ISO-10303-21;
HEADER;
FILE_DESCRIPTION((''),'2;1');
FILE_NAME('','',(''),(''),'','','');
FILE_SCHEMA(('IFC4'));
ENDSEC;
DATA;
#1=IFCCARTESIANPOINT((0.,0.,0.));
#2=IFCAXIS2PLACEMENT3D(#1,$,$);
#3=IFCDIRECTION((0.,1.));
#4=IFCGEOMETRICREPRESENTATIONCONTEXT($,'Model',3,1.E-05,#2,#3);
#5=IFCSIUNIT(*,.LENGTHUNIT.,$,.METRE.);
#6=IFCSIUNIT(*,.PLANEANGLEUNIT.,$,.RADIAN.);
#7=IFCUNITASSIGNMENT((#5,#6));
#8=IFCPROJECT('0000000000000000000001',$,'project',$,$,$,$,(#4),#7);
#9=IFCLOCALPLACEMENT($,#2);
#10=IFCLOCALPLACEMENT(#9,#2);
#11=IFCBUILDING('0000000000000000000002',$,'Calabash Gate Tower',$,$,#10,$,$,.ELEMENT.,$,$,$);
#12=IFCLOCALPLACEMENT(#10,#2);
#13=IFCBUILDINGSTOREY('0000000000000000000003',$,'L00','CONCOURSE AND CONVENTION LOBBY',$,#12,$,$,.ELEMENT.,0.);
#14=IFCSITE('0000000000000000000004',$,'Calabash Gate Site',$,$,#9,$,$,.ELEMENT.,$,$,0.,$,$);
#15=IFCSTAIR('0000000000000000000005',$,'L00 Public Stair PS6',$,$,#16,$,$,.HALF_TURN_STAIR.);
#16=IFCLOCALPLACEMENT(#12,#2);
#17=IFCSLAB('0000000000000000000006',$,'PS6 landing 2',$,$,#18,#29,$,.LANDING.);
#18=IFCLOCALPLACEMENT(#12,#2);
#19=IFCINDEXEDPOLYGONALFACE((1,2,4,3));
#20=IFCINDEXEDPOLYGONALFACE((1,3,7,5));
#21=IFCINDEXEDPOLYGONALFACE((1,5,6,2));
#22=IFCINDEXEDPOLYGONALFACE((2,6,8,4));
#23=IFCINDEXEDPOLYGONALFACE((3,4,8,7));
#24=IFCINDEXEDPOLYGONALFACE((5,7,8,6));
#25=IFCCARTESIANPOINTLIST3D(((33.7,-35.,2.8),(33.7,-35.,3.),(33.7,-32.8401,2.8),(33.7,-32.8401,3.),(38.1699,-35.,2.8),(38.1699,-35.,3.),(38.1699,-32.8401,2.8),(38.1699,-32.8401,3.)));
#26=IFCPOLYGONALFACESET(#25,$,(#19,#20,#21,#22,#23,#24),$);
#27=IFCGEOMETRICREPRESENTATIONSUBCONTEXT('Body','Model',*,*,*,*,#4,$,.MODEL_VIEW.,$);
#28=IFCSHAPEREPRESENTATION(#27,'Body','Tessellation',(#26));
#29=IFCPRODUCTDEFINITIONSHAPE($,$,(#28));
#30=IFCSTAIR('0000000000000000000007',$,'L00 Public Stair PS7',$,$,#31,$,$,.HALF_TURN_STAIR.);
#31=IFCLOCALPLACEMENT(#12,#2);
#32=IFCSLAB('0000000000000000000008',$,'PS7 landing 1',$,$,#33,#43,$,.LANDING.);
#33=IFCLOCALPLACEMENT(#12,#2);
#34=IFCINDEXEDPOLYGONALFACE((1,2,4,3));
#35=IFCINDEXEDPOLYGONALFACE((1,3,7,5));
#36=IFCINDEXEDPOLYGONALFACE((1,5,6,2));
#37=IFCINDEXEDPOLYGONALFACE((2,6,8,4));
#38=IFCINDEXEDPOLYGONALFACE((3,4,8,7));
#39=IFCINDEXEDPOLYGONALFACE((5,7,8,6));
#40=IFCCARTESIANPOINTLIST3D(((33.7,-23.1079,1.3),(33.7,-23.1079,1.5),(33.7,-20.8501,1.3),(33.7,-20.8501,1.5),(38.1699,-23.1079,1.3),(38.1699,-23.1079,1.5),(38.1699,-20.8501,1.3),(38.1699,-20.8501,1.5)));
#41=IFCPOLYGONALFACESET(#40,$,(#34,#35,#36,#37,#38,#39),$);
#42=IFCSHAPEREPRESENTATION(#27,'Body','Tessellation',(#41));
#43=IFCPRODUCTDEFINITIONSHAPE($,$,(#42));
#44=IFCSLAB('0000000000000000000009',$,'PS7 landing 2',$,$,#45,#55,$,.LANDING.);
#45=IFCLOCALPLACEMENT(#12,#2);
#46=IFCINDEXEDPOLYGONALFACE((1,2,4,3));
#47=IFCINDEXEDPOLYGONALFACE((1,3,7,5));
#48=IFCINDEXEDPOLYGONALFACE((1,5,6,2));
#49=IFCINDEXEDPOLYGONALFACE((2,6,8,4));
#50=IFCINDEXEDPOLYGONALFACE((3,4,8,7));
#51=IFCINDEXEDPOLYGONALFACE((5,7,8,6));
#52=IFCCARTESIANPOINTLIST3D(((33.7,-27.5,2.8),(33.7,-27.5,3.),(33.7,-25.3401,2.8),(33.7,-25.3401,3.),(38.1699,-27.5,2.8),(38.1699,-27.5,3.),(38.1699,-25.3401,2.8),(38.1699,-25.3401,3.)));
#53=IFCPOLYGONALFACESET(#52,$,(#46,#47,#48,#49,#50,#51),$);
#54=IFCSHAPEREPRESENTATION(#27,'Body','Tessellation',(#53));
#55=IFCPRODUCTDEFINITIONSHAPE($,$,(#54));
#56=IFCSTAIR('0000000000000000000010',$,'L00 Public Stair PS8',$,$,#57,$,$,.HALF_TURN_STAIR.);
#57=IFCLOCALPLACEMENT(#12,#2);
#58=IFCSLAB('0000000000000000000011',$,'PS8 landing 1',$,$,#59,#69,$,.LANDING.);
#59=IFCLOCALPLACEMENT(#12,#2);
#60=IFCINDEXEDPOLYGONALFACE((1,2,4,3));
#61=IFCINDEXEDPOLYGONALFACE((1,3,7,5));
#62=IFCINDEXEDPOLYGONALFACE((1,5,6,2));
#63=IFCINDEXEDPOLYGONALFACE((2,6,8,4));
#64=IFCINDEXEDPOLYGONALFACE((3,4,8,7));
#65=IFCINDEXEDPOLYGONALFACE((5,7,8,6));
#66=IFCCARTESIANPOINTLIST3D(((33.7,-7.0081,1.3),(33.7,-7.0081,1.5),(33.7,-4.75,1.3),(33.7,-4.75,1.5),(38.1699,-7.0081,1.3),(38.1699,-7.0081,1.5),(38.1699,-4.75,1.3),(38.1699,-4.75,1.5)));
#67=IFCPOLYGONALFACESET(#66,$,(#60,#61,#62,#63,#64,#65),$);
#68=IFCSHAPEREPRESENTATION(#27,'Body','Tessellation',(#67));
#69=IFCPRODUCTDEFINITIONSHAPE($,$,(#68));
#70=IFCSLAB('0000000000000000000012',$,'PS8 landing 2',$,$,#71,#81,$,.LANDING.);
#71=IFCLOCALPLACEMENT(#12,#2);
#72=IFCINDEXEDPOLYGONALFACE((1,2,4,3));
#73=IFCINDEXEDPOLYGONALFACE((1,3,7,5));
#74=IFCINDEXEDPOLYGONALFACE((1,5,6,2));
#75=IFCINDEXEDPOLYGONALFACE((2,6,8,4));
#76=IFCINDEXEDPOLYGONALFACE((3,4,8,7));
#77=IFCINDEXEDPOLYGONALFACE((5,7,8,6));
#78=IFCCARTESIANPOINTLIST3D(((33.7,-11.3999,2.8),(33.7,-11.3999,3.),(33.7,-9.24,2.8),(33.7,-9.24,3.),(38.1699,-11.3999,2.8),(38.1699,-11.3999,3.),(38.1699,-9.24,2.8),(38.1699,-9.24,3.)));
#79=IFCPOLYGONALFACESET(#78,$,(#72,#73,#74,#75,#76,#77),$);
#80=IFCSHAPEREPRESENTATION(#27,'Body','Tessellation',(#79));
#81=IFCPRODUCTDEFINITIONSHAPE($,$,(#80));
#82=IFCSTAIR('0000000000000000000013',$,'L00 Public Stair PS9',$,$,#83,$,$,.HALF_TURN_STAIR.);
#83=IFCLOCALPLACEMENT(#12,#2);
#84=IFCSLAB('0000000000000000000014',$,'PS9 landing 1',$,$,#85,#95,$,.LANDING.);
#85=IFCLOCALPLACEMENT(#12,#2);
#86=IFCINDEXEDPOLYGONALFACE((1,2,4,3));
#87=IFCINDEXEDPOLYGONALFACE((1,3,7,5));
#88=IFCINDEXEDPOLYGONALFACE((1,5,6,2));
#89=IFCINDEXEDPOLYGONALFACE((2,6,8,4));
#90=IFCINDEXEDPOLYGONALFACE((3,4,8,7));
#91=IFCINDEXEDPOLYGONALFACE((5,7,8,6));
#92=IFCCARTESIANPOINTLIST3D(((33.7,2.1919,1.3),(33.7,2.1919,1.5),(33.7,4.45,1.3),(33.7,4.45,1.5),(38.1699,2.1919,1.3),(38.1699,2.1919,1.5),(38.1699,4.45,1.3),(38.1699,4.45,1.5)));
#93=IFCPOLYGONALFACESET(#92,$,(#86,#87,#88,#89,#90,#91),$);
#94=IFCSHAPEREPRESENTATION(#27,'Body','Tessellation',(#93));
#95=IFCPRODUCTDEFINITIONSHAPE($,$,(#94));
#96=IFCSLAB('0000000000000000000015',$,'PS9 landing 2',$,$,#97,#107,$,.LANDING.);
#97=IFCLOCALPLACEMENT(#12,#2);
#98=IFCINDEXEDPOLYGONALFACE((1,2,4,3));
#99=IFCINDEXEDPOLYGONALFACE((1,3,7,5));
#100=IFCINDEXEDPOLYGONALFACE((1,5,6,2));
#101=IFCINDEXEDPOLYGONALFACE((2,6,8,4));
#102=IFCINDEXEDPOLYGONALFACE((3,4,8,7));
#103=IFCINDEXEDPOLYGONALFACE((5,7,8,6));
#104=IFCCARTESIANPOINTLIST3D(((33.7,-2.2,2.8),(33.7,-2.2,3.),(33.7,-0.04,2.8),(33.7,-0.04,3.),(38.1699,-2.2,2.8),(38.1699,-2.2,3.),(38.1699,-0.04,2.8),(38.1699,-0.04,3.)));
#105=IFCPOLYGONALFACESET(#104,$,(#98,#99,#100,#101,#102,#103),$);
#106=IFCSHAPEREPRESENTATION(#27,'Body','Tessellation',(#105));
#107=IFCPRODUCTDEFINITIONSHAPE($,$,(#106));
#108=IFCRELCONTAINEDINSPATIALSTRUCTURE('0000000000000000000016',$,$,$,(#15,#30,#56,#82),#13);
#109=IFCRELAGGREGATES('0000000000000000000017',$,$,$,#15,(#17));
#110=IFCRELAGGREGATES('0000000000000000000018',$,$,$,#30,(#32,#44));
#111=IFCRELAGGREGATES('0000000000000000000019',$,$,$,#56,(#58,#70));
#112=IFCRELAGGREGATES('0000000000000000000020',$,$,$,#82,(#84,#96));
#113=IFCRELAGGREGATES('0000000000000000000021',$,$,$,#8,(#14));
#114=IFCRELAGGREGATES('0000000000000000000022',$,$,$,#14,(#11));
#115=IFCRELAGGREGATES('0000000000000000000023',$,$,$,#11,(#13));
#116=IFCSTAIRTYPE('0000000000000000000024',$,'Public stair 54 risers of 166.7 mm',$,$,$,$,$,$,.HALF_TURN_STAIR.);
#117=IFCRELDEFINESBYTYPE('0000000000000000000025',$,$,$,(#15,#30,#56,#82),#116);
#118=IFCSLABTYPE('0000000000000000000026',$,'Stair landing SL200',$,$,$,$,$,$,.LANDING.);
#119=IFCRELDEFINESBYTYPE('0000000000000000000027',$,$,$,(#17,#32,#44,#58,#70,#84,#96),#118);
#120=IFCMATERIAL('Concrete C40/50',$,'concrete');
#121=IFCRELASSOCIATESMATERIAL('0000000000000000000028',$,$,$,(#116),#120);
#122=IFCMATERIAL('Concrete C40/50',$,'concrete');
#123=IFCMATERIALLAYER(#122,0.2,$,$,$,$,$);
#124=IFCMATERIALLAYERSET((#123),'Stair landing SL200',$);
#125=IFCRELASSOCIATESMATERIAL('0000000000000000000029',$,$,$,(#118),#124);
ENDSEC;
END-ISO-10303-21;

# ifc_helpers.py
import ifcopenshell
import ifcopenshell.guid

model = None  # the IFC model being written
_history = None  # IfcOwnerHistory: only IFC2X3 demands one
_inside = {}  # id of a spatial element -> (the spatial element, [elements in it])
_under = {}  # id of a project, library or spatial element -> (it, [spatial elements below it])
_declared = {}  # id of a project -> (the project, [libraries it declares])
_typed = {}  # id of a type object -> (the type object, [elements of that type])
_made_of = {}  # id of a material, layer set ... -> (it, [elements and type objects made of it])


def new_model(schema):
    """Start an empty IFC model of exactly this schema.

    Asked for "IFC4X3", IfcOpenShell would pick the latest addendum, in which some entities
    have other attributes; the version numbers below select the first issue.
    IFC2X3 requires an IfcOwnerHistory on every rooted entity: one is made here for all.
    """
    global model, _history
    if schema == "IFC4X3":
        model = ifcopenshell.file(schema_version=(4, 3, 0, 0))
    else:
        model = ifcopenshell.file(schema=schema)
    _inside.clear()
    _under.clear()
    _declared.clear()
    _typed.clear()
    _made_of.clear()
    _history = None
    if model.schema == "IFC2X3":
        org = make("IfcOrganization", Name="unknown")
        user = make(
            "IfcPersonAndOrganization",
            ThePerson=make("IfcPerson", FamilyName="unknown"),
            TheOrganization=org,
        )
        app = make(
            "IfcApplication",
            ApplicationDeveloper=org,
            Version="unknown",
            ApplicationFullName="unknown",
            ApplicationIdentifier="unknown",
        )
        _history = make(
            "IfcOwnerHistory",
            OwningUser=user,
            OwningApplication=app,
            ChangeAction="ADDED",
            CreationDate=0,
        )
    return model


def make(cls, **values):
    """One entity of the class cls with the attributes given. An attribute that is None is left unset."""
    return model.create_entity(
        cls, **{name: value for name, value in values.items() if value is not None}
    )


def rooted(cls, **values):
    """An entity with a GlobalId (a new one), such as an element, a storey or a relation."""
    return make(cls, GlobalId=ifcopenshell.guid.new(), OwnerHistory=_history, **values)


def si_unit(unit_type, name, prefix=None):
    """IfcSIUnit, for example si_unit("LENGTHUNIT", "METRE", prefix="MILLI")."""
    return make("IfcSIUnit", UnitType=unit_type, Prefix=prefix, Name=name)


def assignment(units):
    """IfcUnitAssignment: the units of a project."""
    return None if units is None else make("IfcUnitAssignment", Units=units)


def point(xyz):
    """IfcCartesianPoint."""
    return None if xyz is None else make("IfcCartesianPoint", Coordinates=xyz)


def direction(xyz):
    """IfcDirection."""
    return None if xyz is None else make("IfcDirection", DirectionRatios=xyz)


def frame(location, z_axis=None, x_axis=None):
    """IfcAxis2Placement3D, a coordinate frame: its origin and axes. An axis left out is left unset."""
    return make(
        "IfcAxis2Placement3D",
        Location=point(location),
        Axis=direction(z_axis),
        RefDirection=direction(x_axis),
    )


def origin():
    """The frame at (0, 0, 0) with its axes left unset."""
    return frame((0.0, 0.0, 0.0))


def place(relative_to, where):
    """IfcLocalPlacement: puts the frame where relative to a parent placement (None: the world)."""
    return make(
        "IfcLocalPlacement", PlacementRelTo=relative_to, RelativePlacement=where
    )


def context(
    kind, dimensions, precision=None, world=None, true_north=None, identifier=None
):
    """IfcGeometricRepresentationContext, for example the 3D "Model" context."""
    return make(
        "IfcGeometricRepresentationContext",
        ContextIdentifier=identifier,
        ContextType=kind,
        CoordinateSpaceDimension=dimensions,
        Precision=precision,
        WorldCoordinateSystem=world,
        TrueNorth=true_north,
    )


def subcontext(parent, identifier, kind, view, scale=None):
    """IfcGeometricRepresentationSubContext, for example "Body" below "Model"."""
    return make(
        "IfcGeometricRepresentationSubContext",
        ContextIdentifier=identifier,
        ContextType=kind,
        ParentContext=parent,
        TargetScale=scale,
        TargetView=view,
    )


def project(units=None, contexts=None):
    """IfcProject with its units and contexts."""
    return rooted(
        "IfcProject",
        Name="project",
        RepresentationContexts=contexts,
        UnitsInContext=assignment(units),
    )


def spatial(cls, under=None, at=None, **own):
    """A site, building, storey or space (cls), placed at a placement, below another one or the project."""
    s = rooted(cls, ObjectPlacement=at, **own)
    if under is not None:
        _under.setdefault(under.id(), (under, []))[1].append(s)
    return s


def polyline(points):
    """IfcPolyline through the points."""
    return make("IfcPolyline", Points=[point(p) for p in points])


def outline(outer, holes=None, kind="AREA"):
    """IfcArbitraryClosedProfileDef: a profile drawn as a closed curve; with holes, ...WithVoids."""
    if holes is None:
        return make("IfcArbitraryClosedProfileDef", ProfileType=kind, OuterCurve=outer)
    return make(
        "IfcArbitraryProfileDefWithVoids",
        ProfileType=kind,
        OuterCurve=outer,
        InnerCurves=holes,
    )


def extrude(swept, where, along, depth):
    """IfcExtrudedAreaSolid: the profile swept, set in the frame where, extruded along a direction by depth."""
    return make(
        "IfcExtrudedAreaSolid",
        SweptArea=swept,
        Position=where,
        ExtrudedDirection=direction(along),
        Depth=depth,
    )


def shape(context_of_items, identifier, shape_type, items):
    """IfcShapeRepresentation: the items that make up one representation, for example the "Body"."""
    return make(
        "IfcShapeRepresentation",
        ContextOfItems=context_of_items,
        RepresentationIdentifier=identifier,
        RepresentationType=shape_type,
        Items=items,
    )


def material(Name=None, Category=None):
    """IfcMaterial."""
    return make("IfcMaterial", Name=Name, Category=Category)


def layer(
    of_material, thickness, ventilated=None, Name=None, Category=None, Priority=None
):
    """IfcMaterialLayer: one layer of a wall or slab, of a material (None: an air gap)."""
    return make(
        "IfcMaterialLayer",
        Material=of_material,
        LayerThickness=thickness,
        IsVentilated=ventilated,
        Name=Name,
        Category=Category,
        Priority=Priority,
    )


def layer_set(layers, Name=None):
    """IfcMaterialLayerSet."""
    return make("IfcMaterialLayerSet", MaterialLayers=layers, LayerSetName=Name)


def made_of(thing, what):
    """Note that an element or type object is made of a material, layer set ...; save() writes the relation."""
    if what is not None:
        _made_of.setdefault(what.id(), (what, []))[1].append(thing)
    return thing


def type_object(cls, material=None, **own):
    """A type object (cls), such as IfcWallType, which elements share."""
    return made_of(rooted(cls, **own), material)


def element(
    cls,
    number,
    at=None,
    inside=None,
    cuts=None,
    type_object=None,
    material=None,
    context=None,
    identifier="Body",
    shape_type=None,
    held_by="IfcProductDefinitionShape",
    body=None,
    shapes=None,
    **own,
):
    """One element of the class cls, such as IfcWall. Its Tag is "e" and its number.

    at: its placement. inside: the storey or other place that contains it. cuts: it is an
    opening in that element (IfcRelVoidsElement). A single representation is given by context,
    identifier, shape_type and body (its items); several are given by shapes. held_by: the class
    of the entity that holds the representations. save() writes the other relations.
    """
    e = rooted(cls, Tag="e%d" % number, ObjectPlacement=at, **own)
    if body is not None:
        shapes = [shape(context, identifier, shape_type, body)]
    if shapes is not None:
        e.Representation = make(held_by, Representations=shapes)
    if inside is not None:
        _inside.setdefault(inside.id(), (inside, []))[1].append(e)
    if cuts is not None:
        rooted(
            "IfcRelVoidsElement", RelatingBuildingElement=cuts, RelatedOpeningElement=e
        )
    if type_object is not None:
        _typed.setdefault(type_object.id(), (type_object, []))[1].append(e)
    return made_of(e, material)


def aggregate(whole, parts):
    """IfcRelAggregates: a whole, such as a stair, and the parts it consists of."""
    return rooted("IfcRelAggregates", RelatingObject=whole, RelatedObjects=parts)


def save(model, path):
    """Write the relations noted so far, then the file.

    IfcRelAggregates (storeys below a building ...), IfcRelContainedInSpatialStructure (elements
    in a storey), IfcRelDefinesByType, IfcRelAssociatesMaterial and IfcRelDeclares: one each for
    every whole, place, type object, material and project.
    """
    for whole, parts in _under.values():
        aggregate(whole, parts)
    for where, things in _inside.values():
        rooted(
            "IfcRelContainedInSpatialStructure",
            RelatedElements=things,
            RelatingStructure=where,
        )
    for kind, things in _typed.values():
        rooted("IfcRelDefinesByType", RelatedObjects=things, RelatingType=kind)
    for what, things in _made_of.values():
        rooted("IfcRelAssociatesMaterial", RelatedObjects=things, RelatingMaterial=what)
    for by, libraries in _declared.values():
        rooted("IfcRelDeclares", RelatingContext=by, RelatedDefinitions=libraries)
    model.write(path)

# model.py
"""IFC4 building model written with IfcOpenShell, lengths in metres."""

from ifc_helpers import new_model, si_unit, direction, frame, origin, place, context, subcontext, project, spatial, polyline, outline, extrude, material, layer, layer_set, type_object, element, aggregate, save


model = new_model("IFC4")

# Units and contexts
model_context = context("Model", 3, precision=1e-05, world=origin(), true_north=direction((0.0, 1.0)))
body_context = subcontext(model_context, "Body", "Model", "MODEL_VIEW")
ifc_project = project(units=[si_unit("LENGTHUNIT", "METRE"), si_unit("PLANEANGLEUNIT", "RADIAN")], contexts=[model_context])

# Site, building, storey
site_placement = place(None, origin())
site = spatial("IfcSite", under=ifc_project, at=site_placement, Name="Calabash Gate Site", CompositionType="ELEMENT", RefElevation=0.0)
building_placement = place(site_placement, origin())
building = spatial("IfcBuilding", under=site, at=building_placement, Name="Calabash Gate Tower", CompositionType="ELEMENT")
storey_placement = place(building_placement, origin())
storey = spatial("IfcBuildingStorey", under=building, at=storey_placement, Name="L00", Description="CONCOURSE AND CONVENTION LOBBY", CompositionType="ELEMENT", Elevation=0.0)

# Stairs, slabs
ifc_material_1 = material(Name="Concrete C40/50", Category="concrete")
stair_type = type_object("IfcStairType", Name="Public stair 54 risers of 166.7 mm", PredefinedType="HALF_TURN_STAIR", material=ifc_material_1)
ifc_material_2 = material(Name="Concrete C40/50", Category="concrete")
ifc_layer = layer(ifc_material_2, 0.2)
ifc_layer_set = layer_set([ifc_layer], Name="Stair landing SL200")
slab_type = type_object("IfcSlabType", Name="Stair landing SL200", PredefinedType="LANDING", material=ifc_layer_set)
stair_1_placement = place(storey_placement, origin())
stair_1 = element("IfcStair", 1, at=stair_1_placement, inside=storey, type_object=stair_type, Name="L00 Public Stair PS6", PredefinedType="HALF_TURN_STAIR")
slab_1_placement = place(storey_placement, frame((0.0, 0.0, 2.8)))
slab_1 = element("IfcSlab", 2, at=slab_1_placement, type_object=slab_type, Name="PS6 landing 2", PredefinedType="LANDING", context=body_context, shape_type="SweptSolid", body=[
    extrude(outline(polyline([(38.1699, -35.0), (38.1699, -32.8401), (33.7, -32.8401), (33.7, -35.0), (38.1699, -35.0)])), origin(), (0.0, 0.0, 1.0), 0.2),
])
aggregate(stair_1, [slab_1])
stair_2_placement = place(storey_placement, origin())
stair_2 = element("IfcStair", 3, at=stair_2_placement, inside=storey, type_object=stair_type, Name="L00 Public Stair PS7", PredefinedType="HALF_TURN_STAIR")
slab_2_placement = place(storey_placement, frame((0.0, 0.0, 1.3)))
slab_2 = element("IfcSlab", 4, at=slab_2_placement, type_object=slab_type, Name="PS7 landing 1", PredefinedType="LANDING", context=body_context, shape_type="SweptSolid", body=[
    extrude(outline(polyline([(38.1699, -23.1079), (38.1699, -20.8501), (33.7, -20.8501), (33.7, -23.1079), (38.1699, -23.1079)])), origin(), (0.0, 0.0, 1.0), 0.2),
])
slab_3_placement = place(storey_placement, frame((0.0, 0.0, 2.8)))
slab_3 = element("IfcSlab", 5, at=slab_3_placement, type_object=slab_type, Name="PS7 landing 2", PredefinedType="LANDING", context=body_context, shape_type="SweptSolid", body=[
    extrude(outline(polyline([(38.1699, -27.5), (38.1699, -25.3401), (33.7, -25.3401), (33.7, -27.5), (38.1699, -27.5)])), origin(), (0.0, 0.0, 1.0), 0.2),
])
aggregate(stair_2, [slab_2, slab_3])
stair_3_placement = place(storey_placement, origin())
stair_3 = element("IfcStair", 6, at=stair_3_placement, inside=storey, type_object=stair_type, Name="L00 Public Stair PS8", PredefinedType="HALF_TURN_STAIR")
slab_4_placement = place(storey_placement, frame((0.0, 0.0, 1.3)))
slab_4 = element("IfcSlab", 7, at=slab_4_placement, type_object=slab_type, Name="PS8 landing 1", PredefinedType="LANDING", context=body_context, shape_type="SweptSolid", body=[
    extrude(outline(polyline([(38.1699, -7.0081), (38.1699, -4.75), (33.7, -4.75), (33.7, -7.0081), (38.1699, -7.0081)])), origin(), (0.0, 0.0, 1.0), 0.2),
])
slab_5_placement = place(storey_placement, frame((0.0, 0.0, 2.8)))
slab_5 = element("IfcSlab", 8, at=slab_5_placement, type_object=slab_type, Name="PS8 landing 2", PredefinedType="LANDING", context=body_context, shape_type="SweptSolid", body=[
    extrude(outline(polyline([(38.1699, -11.3999), (38.1699, -9.24), (33.7, -9.24), (33.7, -11.3999), (38.1699, -11.3999)])), origin(), (0.0, 0.0, 1.0), 0.2),
])
aggregate(stair_3, [slab_4, slab_5])
stair_4_placement = place(storey_placement, origin())
stair_4 = element("IfcStair", 9, at=stair_4_placement, inside=storey, type_object=stair_type, Name="L00 Public Stair PS9", PredefinedType="HALF_TURN_STAIR")
slab_6_placement = place(storey_placement, frame((0.0, 0.0, 1.3)))
slab_6 = element("IfcSlab", 10, at=slab_6_placement, type_object=slab_type, Name="PS9 landing 1", PredefinedType="LANDING", context=body_context, shape_type="SweptSolid", body=[
    extrude(outline(polyline([(38.1699, 2.1919), (38.1699, 4.45), (33.7, 4.45), (33.7, 2.1919), (38.1699, 2.1919)])), origin(), (0.0, 0.0, 1.0), 0.2),
])
slab_7_placement = place(storey_placement, frame((0.0, 0.0, 2.8)))
slab_7 = element("IfcSlab", 11, at=slab_7_placement, type_object=slab_type, Name="PS9 landing 2", PredefinedType="LANDING", context=body_context, shape_type="SweptSolid", body=[
    extrude(outline(polyline([(38.1699, -2.2), (38.1699, -0.04), (33.7, -0.04), (33.7, -2.2), (38.1699, -2.2)])), origin(), (0.0, 0.0, 1.0), 0.2),
])
aggregate(stair_4, [slab_6, slab_7])

save(model, "model.ifc")
